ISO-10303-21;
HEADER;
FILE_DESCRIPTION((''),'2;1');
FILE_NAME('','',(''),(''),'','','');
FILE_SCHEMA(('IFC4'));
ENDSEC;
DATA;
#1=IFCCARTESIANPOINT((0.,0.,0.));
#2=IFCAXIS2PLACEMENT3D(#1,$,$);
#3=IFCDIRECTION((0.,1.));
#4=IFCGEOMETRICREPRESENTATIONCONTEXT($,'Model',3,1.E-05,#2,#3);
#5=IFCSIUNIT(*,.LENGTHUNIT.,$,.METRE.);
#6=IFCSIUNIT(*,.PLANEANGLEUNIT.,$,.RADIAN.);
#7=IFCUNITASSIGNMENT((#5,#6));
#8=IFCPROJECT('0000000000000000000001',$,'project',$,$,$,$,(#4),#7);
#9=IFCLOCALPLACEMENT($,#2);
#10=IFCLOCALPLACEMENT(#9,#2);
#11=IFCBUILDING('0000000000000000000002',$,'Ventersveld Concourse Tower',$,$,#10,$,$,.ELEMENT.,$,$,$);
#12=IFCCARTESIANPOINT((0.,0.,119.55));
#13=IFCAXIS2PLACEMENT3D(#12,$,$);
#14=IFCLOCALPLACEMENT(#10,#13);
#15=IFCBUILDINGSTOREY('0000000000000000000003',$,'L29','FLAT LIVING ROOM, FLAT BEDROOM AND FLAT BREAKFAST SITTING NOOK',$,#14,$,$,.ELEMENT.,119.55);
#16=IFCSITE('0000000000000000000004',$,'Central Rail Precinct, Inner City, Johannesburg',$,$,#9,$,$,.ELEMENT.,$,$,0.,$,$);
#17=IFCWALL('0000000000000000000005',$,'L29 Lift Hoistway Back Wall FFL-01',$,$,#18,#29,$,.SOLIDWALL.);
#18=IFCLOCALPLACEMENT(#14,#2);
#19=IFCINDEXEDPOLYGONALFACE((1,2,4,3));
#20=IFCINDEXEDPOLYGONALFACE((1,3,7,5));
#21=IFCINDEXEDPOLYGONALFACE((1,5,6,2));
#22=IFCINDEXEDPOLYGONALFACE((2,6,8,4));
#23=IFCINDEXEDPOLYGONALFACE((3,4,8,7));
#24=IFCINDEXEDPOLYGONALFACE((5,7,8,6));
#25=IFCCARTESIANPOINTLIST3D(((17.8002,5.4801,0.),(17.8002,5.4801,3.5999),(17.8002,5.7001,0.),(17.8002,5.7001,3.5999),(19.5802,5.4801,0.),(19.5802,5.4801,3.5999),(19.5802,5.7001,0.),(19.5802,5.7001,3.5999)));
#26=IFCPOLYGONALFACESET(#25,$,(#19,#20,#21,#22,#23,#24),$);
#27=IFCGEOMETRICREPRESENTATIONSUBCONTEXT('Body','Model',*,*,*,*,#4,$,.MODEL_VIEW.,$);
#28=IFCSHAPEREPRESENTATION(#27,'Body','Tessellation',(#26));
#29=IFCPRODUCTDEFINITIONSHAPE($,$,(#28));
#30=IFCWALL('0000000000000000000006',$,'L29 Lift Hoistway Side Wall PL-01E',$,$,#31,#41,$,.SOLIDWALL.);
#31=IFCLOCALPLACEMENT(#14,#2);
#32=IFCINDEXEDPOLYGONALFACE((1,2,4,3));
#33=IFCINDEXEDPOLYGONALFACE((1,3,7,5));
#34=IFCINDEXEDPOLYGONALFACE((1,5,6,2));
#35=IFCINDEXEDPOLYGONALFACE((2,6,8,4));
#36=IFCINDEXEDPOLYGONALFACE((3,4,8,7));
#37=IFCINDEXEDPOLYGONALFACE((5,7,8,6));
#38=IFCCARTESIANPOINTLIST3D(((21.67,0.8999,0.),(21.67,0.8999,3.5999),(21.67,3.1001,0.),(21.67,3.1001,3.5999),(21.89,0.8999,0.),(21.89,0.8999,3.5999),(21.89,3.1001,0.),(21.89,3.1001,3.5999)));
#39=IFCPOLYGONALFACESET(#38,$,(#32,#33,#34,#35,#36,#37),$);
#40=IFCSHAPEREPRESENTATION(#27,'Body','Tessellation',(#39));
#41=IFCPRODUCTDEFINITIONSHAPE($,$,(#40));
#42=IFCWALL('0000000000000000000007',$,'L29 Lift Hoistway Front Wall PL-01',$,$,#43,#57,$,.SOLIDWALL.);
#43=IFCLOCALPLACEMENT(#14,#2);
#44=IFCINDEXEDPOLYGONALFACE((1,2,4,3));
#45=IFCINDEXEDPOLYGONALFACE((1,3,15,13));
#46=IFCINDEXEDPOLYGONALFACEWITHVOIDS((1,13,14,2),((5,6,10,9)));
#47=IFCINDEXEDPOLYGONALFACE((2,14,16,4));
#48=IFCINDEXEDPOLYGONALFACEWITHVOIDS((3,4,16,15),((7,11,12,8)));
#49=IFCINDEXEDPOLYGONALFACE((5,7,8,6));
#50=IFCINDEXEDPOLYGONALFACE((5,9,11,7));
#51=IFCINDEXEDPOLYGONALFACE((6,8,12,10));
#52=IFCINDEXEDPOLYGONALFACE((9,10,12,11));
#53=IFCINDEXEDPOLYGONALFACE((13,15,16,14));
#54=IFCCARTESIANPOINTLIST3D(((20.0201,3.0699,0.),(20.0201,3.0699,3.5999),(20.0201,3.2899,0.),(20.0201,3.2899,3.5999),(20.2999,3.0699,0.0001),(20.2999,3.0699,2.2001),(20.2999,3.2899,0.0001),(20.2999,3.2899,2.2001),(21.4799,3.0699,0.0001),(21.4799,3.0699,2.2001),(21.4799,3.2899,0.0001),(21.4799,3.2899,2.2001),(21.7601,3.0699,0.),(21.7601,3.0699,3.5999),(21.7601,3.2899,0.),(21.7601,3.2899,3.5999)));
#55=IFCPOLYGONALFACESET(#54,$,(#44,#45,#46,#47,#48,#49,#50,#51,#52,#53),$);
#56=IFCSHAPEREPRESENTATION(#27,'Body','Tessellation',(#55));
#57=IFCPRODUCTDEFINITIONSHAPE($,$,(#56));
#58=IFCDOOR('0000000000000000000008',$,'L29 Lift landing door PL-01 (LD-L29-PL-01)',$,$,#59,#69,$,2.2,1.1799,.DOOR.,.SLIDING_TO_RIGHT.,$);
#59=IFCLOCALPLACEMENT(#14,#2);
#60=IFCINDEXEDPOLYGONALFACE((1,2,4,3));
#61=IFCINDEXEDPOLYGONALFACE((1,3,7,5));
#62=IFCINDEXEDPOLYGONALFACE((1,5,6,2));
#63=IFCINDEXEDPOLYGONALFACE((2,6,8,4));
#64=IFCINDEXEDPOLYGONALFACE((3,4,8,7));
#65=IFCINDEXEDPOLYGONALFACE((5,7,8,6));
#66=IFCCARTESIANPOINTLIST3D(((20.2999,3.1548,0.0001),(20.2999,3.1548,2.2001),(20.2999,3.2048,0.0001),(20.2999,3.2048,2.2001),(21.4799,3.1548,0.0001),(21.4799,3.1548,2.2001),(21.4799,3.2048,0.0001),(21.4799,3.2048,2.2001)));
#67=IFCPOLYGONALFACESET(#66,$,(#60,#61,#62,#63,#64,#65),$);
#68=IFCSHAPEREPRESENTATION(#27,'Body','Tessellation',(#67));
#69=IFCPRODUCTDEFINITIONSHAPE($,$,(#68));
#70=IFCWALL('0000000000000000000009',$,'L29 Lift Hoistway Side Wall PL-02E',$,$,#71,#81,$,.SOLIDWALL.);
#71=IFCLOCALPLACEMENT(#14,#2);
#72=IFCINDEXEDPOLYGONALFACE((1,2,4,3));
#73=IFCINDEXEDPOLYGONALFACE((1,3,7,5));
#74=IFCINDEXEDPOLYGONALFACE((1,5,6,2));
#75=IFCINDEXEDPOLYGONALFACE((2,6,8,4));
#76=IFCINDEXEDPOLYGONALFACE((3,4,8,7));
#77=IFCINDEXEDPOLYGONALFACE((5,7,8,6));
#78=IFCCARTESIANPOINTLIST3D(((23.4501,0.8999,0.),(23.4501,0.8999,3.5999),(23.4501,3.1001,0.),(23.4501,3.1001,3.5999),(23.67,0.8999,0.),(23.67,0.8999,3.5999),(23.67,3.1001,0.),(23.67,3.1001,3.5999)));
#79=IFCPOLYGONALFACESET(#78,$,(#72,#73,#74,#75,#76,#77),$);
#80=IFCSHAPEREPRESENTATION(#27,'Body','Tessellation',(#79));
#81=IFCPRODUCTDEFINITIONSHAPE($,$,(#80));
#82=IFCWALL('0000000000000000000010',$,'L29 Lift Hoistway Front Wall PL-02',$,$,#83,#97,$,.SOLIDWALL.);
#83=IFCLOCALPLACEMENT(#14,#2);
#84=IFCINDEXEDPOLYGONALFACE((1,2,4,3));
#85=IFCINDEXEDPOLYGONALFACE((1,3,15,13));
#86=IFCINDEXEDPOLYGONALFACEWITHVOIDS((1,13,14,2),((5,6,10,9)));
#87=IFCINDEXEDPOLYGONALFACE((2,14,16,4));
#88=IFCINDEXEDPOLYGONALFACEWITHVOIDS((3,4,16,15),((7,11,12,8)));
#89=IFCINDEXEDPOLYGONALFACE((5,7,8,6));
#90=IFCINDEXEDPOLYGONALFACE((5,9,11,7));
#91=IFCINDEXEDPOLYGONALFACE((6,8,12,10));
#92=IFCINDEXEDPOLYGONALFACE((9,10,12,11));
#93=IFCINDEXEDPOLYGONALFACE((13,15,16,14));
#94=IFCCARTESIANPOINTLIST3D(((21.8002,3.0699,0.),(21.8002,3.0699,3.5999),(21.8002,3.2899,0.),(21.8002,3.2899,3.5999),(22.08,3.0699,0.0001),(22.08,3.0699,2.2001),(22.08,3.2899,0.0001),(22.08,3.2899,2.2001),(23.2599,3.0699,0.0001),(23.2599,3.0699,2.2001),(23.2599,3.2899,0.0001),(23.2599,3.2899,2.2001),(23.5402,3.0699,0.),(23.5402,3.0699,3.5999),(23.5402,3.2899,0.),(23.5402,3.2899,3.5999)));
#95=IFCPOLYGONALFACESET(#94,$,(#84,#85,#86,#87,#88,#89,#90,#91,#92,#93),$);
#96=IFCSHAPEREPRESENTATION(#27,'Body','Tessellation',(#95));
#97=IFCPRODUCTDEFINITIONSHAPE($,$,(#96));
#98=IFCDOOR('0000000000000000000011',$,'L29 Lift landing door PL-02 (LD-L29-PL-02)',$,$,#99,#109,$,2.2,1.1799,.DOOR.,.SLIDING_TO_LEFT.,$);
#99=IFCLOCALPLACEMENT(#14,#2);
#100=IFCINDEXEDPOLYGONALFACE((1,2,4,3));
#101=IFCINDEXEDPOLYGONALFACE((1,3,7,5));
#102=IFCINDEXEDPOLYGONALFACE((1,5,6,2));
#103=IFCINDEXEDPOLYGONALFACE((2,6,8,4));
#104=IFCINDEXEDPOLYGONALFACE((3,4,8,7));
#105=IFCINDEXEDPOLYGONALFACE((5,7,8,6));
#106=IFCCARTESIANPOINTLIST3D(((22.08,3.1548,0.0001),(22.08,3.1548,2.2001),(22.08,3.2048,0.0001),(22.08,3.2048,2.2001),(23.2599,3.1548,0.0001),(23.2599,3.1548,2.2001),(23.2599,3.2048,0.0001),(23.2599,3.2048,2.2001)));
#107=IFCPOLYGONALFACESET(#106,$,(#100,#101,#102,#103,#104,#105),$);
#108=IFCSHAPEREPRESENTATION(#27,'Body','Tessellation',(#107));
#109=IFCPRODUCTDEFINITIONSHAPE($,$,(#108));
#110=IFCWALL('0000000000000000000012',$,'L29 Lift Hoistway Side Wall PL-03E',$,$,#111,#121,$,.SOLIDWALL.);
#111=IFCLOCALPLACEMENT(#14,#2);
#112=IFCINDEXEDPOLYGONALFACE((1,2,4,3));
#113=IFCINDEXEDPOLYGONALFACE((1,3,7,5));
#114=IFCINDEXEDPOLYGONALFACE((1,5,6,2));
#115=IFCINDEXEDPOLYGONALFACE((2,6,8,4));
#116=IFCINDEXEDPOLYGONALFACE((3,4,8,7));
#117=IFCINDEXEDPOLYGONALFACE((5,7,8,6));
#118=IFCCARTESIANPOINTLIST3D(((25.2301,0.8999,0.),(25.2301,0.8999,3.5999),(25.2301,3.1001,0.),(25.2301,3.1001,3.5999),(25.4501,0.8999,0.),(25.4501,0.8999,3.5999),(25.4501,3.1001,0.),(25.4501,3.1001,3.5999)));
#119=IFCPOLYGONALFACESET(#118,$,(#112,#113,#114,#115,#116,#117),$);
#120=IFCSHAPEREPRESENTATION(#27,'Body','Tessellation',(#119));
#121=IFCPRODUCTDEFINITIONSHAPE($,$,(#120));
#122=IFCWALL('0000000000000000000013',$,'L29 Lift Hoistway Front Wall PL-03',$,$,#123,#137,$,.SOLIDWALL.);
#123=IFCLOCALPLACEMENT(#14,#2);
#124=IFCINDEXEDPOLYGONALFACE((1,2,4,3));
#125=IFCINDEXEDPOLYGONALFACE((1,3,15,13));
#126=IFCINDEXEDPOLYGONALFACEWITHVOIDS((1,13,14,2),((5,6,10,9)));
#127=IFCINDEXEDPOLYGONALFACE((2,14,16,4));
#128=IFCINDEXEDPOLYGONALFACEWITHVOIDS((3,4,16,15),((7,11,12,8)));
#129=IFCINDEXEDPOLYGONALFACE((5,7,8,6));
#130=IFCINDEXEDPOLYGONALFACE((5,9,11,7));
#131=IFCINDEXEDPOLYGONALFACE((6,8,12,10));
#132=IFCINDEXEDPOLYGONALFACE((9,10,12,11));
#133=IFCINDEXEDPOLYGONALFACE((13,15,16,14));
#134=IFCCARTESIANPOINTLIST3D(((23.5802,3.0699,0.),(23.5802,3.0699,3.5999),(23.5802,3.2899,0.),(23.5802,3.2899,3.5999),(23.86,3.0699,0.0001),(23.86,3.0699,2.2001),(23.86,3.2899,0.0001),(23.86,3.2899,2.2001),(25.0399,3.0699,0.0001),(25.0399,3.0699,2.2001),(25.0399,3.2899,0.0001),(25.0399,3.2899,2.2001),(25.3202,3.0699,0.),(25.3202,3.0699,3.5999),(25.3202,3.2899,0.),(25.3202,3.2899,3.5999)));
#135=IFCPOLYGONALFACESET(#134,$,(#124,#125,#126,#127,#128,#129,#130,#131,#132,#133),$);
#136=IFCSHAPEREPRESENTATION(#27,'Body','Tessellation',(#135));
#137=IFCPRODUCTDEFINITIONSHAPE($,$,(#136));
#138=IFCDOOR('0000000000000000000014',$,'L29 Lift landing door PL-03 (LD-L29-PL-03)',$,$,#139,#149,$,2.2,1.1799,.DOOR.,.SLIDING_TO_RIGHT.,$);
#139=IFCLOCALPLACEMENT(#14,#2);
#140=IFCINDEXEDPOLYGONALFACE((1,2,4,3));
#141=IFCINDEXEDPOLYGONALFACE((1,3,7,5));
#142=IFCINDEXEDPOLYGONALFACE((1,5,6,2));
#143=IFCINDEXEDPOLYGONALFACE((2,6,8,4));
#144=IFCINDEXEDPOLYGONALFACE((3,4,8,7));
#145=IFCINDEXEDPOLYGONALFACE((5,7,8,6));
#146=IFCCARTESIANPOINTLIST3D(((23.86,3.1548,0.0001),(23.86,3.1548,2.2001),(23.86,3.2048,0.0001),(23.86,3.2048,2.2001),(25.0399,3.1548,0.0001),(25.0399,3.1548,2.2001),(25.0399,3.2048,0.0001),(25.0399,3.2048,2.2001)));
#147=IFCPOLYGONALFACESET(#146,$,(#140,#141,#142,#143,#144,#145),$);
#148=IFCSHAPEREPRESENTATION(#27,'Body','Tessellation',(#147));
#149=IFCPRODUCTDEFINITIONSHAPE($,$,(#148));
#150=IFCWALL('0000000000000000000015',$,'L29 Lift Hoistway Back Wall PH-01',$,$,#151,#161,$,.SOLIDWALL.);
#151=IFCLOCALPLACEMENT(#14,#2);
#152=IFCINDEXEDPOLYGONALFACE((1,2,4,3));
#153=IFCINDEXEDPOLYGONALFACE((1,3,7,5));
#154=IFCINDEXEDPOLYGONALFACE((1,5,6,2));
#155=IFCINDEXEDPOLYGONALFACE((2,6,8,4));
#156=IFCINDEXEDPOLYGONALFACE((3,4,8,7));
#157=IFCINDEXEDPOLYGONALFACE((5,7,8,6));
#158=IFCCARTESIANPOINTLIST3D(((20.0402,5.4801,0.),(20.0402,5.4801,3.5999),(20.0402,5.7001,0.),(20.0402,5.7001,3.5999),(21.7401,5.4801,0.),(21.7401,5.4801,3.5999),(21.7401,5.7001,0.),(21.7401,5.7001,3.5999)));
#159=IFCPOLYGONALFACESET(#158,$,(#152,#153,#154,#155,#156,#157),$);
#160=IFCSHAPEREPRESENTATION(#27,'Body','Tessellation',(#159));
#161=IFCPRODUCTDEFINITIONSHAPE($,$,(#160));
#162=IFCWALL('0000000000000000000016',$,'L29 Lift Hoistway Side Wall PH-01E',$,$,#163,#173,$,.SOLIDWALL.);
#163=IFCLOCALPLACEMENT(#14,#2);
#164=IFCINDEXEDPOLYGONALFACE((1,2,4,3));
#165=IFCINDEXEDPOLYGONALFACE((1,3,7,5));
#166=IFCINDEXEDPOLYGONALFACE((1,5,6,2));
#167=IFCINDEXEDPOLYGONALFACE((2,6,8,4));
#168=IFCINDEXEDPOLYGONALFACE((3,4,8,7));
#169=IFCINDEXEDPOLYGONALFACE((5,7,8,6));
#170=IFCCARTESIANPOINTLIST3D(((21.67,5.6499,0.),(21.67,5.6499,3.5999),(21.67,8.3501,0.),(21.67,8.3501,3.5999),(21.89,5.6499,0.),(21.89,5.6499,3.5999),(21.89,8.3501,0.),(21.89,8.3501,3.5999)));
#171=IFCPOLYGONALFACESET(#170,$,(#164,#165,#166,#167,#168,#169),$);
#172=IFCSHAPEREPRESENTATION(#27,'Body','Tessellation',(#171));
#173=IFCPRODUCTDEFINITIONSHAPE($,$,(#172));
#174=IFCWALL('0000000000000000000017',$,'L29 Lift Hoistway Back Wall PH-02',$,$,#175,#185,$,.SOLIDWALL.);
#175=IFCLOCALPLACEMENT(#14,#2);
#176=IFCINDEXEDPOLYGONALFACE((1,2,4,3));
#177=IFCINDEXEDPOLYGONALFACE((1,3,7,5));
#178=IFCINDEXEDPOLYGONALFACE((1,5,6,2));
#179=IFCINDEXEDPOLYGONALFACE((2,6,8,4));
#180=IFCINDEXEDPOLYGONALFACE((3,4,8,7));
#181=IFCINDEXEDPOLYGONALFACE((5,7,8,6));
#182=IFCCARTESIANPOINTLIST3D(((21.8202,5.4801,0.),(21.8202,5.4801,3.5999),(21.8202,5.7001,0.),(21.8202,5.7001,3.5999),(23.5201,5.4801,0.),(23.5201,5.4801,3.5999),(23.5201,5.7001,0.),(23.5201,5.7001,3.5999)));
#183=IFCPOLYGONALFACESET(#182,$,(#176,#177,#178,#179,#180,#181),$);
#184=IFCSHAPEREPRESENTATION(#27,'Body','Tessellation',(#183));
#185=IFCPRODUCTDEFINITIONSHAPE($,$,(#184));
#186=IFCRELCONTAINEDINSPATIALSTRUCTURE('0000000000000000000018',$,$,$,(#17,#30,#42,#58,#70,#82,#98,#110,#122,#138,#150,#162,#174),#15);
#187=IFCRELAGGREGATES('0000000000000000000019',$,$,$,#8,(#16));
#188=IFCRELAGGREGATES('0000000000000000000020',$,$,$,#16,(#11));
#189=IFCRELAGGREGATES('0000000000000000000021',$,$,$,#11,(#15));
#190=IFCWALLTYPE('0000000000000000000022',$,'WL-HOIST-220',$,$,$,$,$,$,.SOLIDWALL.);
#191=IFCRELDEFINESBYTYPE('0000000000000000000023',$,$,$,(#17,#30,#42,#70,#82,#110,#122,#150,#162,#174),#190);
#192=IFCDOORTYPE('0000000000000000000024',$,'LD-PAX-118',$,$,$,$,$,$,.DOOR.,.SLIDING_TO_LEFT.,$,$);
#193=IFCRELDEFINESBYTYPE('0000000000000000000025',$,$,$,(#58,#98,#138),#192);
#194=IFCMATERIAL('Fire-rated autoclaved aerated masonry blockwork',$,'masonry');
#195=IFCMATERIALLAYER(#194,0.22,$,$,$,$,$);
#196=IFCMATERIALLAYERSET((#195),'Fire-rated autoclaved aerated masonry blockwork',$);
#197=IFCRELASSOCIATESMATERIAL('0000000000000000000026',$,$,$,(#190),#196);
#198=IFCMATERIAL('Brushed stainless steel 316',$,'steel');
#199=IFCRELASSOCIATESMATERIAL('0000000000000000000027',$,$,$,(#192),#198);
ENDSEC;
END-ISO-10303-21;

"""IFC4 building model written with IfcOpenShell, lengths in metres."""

from ifc_helpers import new_model, si_unit, direction, frame, frame_2d, origin, place, context, subcontext, project, spatial, rectangle, extrude, material, layer, layer_set, type_object, element, fill, save


model = new_model("IFC4")

# Units and contexts
model_context = context("Model", 3, precision=1e-05, world=origin(), true_north=direction((0.0, 1.0)))
body_context = subcontext(model_context, "Body", "Model", "MODEL_VIEW")
ifc_project = project(units=[si_unit("LENGTHUNIT", "METRE"), si_unit("PLANEANGLEUNIT", "RADIAN")], contexts=[model_context])

# Site, building, storey
site_placement = place(None, origin())
site = spatial("IfcSite", under=ifc_project, at=site_placement, Name="Central Rail Precinct, Inner City, Johannesburg", CompositionType="ELEMENT", RefElevation=0.0)
building_placement = place(site_placement, origin())
building = spatial("IfcBuilding", under=site, at=building_placement, Name="Ventersveld Concourse Tower", CompositionType="ELEMENT")
storey_placement = place(building_placement, frame((0.0, 0.0, 119.55)))
storey = spatial("IfcBuildingStorey", under=building, at=storey_placement, Name="L29", Description="FLAT LIVING ROOM, FLAT BEDROOM AND FLAT BREAKFAST SITTING NOOK", CompositionType="ELEMENT", Elevation=119.55)

# Walls
ifc_material_1 = material(Name="Fire-rated autoclaved aerated masonry blockwork", Category="masonry")
ifc_layer_1 = layer(ifc_material_1, 0.22)
ifc_layer_set_1 = layer_set([ifc_layer_1], Name="Fire-rated autoclaved aerated masonry blockwork")
wall_type_1 = type_object("IfcWallType", Name="WL-HOIST-220", PredefinedType="SOLIDWALL", material=ifc_layer_set_1)
wall_1_placement = place(storey_placement, frame((17.8, 5.5901, 0.0), z_axis=(0.0, 0.0, 1.0), x_axis=(1.0, 0.0, 0.0)))
element("IfcWall", 1, at=wall_1_placement, inside=storey, type_object=wall_type_1, Name="L29 Lift Hoistway Back Wall FFL-01", PredefinedType="SOLIDWALL", context=body_context, shape_type="SweptSolid", body=[
    extrude(rectangle(XDim=1.78, YDim=0.22, at=frame_2d((0.8901, 0.0))), origin(), (0.0, 0.0, 1.0), 3.5999),
])
wall_2_placement = place(storey_placement, frame((21.78, 0.8999, 0.0), z_axis=(0.0, 0.0, 1.0), x_axis=(0.0, 1.0, 0.0)))
element("IfcWall", 2, at=wall_2_placement, inside=storey, type_object=wall_type_1, Name="L29 Lift Hoistway Side Wall PL-01E", PredefinedType="SOLIDWALL", context=body_context, shape_type="SweptSolid", body=[
    extrude(rectangle(XDim=2.2002, YDim=0.22, at=frame_2d((1.1001, 0.0))), origin(), (0.0, 0.0, 1.0), 3.5999),
])

# Wall, opening, door
wall_3_placement = place(storey_placement, frame((20.02, 3.1799, 0.0), z_axis=(0.0, 0.0, 1.0), x_axis=(1.0, 0.0, 0.0)))
wall_3 = element("IfcWall", 3, at=wall_3_placement, inside=storey, type_object=wall_type_1, Name="L29 Lift Hoistway Front Wall PL-01", PredefinedType="SOLIDWALL", context=body_context, shape_type="SweptSolid", body=[
    extrude(rectangle(XDim=1.74, YDim=0.22, at=frame_2d((0.8701, 0.0))), origin(), (0.0, 0.0, 1.0), 3.5999),
])
opening_1_placement = place(wall_3_placement, frame((0.28, 0.0, 0.0)))
opening_1 = element("IfcOpeningElement", 4, at=opening_1_placement, cuts=wall_3, PredefinedType="OPENING", context=body_context, shape_type="SweptSolid", body=[
    extrude(rectangle(XDim=1.1799, YDim=2.2, at=frame_2d((0.5898, 1.1001))), frame((0.0, 0.1201, 0.0), z_axis=(0.0, -1.0, 0.0), x_axis=(1.0, 0.0, 0.0)), (0.0, 0.0, 1.0), 0.24),
])
ifc_material_2 = material(Name="Brushed stainless steel 316", Category="steel")
door_type = type_object("IfcDoorType", Name="LD-PAX-118", OperationType="SLIDING_TO_LEFT", PredefinedType="DOOR", material=ifc_material_2)
door_1_placement = place(opening_1_placement, origin())
door_1 = element("IfcDoor", 5, at=door_1_placement, inside=storey, type_object=door_type, Name="L29 Lift landing door PL-01 (LD-L29-PL-01)", OperationType="SLIDING_TO_RIGHT", OverallHeight=2.2, OverallWidth=1.1799, PredefinedType="DOOR", context=body_context, shape_type="SweptSolid", body=[
    extrude(rectangle(XDim=1.1799, YDim=2.2, at=frame_2d((0.5898, 1.1001))), frame((0.0, 0.0249, 0.0), z_axis=(0.0, -1.0, 0.0), x_axis=(1.0, 0.0, 0.0)), (0.0, 0.0, 1.0), 0.05),
])
fill(opening_1, door_1)

# Wall
wall_4_placement = place(storey_placement, frame((23.5601, 0.8999, 0.0), z_axis=(0.0, 0.0, 1.0), x_axis=(0.0, 1.0, 0.0)))
element("IfcWall", 6, at=wall_4_placement, inside=storey, type_object=wall_type_1, Name="L29 Lift Hoistway Side Wall PL-02E", PredefinedType="SOLIDWALL", context=body_context, shape_type="SweptSolid", body=[
    extrude(rectangle(XDim=2.2002, YDim=0.22, at=frame_2d((1.1001, 0.0))), origin(), (0.0, 0.0, 1.0), 3.5999),
])

# Wall, opening, door
wall_5_placement = place(storey_placement, frame((21.8, 3.1799, 0.0), z_axis=(0.0, 0.0, 1.0), x_axis=(1.0, 0.0, 0.0)))
wall_5 = element("IfcWall", 7, at=wall_5_placement, inside=storey, type_object=wall_type_1, Name="L29 Lift Hoistway Front Wall PL-02", PredefinedType="SOLIDWALL", context=body_context, shape_type="SweptSolid", body=[
    extrude(rectangle(XDim=1.74, YDim=0.22, at=frame_2d((0.8701, 0.0))), origin(), (0.0, 0.0, 1.0), 3.5999),
])
opening_2_placement = place(wall_5_placement, frame((0.28, 0.0, 0.0)))
opening_2 = element("IfcOpeningElement", 8, at=opening_2_placement, cuts=wall_5, PredefinedType="OPENING", context=body_context, shape_type="SweptSolid", body=[
    extrude(rectangle(XDim=1.1799, YDim=2.2, at=frame_2d((0.5898, 1.1001))), frame((0.0, 0.1201, 0.0), z_axis=(0.0, -1.0, 0.0), x_axis=(1.0, 0.0, 0.0)), (0.0, 0.0, 1.0), 0.24),
])
door_2_placement = place(opening_2_placement, origin())
door_2 = element("IfcDoor", 9, at=door_2_placement, inside=storey, type_object=door_type, Name="L29 Lift landing door PL-02 (LD-L29-PL-02)", OperationType="SLIDING_TO_LEFT", OverallHeight=2.2, OverallWidth=1.1799, PredefinedType="DOOR", context=body_context, shape_type="SweptSolid", body=[
    extrude(rectangle(XDim=1.1799, YDim=2.2, at=frame_2d((0.5898, 1.1001))), frame((0.0, 0.0249, 0.0), z_axis=(0.0, -1.0, 0.0), x_axis=(1.0, 0.0, 0.0)), (0.0, 0.0, 1.0), 0.05),
])
fill(opening_2, door_2)

# Wall
wall_6_placement = place(storey_placement, frame((25.3401, 0.8999, 0.0), z_axis=(0.0, 0.0, 1.0), x_axis=(0.0, 1.0, 0.0)))
element("IfcWall", 10, at=wall_6_placement, inside=storey, type_object=wall_type_1, Name="L29 Lift Hoistway Side Wall PL-03E", PredefinedType="SOLIDWALL", context=body_context, shape_type="SweptSolid", body=[
    extrude(rectangle(XDim=2.2002, YDim=0.22, at=frame_2d((1.1001, 0.0))), origin(), (0.0, 0.0, 1.0), 3.5999),
])

# Wall, opening, door
wall_7_placement = place(storey_placement, frame((23.5801, 3.1799, 0.0), z_axis=(0.0, 0.0, 1.0), x_axis=(1.0, 0.0, 0.0)))
wall_7 = element("IfcWall", 11, at=wall_7_placement, inside=storey, type_object=wall_type_1, Name="L29 Lift Hoistway Front Wall PL-03", PredefinedType="SOLIDWALL", context=body_context, shape_type="SweptSolid", body=[
    extrude(rectangle(XDim=1.74, YDim=0.22, at=frame_2d((0.8701, 0.0))), origin(), (0.0, 0.0, 1.0), 3.5999),
])
opening_3_placement = place(wall_7_placement, frame((0.28, 0.0, 0.0)))
opening_3 = element("IfcOpeningElement", 12, at=opening_3_placement, cuts=wall_7, PredefinedType="OPENING", context=body_context, shape_type="SweptSolid", body=[
    extrude(rectangle(XDim=1.1799, YDim=2.2, at=frame_2d((0.5898, 1.1001))), frame((0.0, 0.1201, 0.0), z_axis=(0.0, -1.0, 0.0), x_axis=(1.0, 0.0, 0.0)), (0.0, 0.0, 1.0), 0.24),
])
door_3_placement = place(opening_3_placement, origin())
door_3 = element("IfcDoor", 13, at=door_3_placement, inside=storey, type_object=door_type, Name="L29 Lift landing door PL-03 (LD-L29-PL-03)", OperationType="SLIDING_TO_RIGHT", OverallHeight=2.2, OverallWidth=1.1799, PredefinedType="DOOR", context=body_context, shape_type="SweptSolid", body=[
    extrude(rectangle(XDim=1.1799, YDim=2.2, at=frame_2d((0.5898, 1.1001))), frame((0.0, 0.0249, 0.0), z_axis=(0.0, -1.0, 0.0), x_axis=(1.0, 0.0, 0.0)), (0.0, 0.0, 1.0), 0.05),
])
fill(opening_3, door_3)

# Walls
wall_8_placement = place(storey_placement, frame((20.04, 5.5901, 0.0), z_axis=(0.0, 0.0, 1.0), x_axis=(1.0, 0.0, 0.0)))
element("IfcWall", 14, at=wall_8_placement, inside=storey, type_object=wall_type_1, Name="L29 Lift Hoistway Back Wall PH-01", PredefinedType="SOLIDWALL", context=body_context, shape_type="SweptSolid", body=[
    extrude(rectangle(XDim=1.7, YDim=0.22, at=frame_2d((0.8501, 0.0))), origin(), (0.0, 0.0, 1.0), 3.5999),
])
wall_9_placement = place(storey_placement, frame((21.78, 5.6499, 0.0), z_axis=(0.0, 0.0, 1.0), x_axis=(0.0, 1.0, 0.0)))
element("IfcWall", 15, at=wall_9_placement, inside=storey, type_object=wall_type_1, Name="L29 Lift Hoistway Side Wall PH-01E", PredefinedType="SOLIDWALL", context=body_context, shape_type="SweptSolid", body=[
    extrude(rectangle(XDim=2.7002, YDim=0.22, at=frame_2d((1.3501, 0.0))), origin(), (0.0, 0.0, 1.0), 3.5999),
])
for number, where, z_axis, x_axis, name in (
    (16, (21.8201, 5.5901, 0.0), (0.0, 0.0, 1.0), (1.0, 0.0, 0.0), "L29 Lift Hoistway Back Wall PH-02"),
):
    element("IfcWall", number, at=place(storey_placement, frame(where, z_axis=z_axis, x_axis=x_axis)), inside=storey, type_object=wall_type_1, Name=name, PredefinedType="SOLIDWALL", context=body_context, shape_type="SweptSolid", body=[
        extrude(rectangle(XDim=1.7, YDim=0.22, at=frame_2d((0.8501, 0.0))), origin(), (0.0, 0.0, 1.0), 3.5999),
    ])

save(model, "model.ifc")
